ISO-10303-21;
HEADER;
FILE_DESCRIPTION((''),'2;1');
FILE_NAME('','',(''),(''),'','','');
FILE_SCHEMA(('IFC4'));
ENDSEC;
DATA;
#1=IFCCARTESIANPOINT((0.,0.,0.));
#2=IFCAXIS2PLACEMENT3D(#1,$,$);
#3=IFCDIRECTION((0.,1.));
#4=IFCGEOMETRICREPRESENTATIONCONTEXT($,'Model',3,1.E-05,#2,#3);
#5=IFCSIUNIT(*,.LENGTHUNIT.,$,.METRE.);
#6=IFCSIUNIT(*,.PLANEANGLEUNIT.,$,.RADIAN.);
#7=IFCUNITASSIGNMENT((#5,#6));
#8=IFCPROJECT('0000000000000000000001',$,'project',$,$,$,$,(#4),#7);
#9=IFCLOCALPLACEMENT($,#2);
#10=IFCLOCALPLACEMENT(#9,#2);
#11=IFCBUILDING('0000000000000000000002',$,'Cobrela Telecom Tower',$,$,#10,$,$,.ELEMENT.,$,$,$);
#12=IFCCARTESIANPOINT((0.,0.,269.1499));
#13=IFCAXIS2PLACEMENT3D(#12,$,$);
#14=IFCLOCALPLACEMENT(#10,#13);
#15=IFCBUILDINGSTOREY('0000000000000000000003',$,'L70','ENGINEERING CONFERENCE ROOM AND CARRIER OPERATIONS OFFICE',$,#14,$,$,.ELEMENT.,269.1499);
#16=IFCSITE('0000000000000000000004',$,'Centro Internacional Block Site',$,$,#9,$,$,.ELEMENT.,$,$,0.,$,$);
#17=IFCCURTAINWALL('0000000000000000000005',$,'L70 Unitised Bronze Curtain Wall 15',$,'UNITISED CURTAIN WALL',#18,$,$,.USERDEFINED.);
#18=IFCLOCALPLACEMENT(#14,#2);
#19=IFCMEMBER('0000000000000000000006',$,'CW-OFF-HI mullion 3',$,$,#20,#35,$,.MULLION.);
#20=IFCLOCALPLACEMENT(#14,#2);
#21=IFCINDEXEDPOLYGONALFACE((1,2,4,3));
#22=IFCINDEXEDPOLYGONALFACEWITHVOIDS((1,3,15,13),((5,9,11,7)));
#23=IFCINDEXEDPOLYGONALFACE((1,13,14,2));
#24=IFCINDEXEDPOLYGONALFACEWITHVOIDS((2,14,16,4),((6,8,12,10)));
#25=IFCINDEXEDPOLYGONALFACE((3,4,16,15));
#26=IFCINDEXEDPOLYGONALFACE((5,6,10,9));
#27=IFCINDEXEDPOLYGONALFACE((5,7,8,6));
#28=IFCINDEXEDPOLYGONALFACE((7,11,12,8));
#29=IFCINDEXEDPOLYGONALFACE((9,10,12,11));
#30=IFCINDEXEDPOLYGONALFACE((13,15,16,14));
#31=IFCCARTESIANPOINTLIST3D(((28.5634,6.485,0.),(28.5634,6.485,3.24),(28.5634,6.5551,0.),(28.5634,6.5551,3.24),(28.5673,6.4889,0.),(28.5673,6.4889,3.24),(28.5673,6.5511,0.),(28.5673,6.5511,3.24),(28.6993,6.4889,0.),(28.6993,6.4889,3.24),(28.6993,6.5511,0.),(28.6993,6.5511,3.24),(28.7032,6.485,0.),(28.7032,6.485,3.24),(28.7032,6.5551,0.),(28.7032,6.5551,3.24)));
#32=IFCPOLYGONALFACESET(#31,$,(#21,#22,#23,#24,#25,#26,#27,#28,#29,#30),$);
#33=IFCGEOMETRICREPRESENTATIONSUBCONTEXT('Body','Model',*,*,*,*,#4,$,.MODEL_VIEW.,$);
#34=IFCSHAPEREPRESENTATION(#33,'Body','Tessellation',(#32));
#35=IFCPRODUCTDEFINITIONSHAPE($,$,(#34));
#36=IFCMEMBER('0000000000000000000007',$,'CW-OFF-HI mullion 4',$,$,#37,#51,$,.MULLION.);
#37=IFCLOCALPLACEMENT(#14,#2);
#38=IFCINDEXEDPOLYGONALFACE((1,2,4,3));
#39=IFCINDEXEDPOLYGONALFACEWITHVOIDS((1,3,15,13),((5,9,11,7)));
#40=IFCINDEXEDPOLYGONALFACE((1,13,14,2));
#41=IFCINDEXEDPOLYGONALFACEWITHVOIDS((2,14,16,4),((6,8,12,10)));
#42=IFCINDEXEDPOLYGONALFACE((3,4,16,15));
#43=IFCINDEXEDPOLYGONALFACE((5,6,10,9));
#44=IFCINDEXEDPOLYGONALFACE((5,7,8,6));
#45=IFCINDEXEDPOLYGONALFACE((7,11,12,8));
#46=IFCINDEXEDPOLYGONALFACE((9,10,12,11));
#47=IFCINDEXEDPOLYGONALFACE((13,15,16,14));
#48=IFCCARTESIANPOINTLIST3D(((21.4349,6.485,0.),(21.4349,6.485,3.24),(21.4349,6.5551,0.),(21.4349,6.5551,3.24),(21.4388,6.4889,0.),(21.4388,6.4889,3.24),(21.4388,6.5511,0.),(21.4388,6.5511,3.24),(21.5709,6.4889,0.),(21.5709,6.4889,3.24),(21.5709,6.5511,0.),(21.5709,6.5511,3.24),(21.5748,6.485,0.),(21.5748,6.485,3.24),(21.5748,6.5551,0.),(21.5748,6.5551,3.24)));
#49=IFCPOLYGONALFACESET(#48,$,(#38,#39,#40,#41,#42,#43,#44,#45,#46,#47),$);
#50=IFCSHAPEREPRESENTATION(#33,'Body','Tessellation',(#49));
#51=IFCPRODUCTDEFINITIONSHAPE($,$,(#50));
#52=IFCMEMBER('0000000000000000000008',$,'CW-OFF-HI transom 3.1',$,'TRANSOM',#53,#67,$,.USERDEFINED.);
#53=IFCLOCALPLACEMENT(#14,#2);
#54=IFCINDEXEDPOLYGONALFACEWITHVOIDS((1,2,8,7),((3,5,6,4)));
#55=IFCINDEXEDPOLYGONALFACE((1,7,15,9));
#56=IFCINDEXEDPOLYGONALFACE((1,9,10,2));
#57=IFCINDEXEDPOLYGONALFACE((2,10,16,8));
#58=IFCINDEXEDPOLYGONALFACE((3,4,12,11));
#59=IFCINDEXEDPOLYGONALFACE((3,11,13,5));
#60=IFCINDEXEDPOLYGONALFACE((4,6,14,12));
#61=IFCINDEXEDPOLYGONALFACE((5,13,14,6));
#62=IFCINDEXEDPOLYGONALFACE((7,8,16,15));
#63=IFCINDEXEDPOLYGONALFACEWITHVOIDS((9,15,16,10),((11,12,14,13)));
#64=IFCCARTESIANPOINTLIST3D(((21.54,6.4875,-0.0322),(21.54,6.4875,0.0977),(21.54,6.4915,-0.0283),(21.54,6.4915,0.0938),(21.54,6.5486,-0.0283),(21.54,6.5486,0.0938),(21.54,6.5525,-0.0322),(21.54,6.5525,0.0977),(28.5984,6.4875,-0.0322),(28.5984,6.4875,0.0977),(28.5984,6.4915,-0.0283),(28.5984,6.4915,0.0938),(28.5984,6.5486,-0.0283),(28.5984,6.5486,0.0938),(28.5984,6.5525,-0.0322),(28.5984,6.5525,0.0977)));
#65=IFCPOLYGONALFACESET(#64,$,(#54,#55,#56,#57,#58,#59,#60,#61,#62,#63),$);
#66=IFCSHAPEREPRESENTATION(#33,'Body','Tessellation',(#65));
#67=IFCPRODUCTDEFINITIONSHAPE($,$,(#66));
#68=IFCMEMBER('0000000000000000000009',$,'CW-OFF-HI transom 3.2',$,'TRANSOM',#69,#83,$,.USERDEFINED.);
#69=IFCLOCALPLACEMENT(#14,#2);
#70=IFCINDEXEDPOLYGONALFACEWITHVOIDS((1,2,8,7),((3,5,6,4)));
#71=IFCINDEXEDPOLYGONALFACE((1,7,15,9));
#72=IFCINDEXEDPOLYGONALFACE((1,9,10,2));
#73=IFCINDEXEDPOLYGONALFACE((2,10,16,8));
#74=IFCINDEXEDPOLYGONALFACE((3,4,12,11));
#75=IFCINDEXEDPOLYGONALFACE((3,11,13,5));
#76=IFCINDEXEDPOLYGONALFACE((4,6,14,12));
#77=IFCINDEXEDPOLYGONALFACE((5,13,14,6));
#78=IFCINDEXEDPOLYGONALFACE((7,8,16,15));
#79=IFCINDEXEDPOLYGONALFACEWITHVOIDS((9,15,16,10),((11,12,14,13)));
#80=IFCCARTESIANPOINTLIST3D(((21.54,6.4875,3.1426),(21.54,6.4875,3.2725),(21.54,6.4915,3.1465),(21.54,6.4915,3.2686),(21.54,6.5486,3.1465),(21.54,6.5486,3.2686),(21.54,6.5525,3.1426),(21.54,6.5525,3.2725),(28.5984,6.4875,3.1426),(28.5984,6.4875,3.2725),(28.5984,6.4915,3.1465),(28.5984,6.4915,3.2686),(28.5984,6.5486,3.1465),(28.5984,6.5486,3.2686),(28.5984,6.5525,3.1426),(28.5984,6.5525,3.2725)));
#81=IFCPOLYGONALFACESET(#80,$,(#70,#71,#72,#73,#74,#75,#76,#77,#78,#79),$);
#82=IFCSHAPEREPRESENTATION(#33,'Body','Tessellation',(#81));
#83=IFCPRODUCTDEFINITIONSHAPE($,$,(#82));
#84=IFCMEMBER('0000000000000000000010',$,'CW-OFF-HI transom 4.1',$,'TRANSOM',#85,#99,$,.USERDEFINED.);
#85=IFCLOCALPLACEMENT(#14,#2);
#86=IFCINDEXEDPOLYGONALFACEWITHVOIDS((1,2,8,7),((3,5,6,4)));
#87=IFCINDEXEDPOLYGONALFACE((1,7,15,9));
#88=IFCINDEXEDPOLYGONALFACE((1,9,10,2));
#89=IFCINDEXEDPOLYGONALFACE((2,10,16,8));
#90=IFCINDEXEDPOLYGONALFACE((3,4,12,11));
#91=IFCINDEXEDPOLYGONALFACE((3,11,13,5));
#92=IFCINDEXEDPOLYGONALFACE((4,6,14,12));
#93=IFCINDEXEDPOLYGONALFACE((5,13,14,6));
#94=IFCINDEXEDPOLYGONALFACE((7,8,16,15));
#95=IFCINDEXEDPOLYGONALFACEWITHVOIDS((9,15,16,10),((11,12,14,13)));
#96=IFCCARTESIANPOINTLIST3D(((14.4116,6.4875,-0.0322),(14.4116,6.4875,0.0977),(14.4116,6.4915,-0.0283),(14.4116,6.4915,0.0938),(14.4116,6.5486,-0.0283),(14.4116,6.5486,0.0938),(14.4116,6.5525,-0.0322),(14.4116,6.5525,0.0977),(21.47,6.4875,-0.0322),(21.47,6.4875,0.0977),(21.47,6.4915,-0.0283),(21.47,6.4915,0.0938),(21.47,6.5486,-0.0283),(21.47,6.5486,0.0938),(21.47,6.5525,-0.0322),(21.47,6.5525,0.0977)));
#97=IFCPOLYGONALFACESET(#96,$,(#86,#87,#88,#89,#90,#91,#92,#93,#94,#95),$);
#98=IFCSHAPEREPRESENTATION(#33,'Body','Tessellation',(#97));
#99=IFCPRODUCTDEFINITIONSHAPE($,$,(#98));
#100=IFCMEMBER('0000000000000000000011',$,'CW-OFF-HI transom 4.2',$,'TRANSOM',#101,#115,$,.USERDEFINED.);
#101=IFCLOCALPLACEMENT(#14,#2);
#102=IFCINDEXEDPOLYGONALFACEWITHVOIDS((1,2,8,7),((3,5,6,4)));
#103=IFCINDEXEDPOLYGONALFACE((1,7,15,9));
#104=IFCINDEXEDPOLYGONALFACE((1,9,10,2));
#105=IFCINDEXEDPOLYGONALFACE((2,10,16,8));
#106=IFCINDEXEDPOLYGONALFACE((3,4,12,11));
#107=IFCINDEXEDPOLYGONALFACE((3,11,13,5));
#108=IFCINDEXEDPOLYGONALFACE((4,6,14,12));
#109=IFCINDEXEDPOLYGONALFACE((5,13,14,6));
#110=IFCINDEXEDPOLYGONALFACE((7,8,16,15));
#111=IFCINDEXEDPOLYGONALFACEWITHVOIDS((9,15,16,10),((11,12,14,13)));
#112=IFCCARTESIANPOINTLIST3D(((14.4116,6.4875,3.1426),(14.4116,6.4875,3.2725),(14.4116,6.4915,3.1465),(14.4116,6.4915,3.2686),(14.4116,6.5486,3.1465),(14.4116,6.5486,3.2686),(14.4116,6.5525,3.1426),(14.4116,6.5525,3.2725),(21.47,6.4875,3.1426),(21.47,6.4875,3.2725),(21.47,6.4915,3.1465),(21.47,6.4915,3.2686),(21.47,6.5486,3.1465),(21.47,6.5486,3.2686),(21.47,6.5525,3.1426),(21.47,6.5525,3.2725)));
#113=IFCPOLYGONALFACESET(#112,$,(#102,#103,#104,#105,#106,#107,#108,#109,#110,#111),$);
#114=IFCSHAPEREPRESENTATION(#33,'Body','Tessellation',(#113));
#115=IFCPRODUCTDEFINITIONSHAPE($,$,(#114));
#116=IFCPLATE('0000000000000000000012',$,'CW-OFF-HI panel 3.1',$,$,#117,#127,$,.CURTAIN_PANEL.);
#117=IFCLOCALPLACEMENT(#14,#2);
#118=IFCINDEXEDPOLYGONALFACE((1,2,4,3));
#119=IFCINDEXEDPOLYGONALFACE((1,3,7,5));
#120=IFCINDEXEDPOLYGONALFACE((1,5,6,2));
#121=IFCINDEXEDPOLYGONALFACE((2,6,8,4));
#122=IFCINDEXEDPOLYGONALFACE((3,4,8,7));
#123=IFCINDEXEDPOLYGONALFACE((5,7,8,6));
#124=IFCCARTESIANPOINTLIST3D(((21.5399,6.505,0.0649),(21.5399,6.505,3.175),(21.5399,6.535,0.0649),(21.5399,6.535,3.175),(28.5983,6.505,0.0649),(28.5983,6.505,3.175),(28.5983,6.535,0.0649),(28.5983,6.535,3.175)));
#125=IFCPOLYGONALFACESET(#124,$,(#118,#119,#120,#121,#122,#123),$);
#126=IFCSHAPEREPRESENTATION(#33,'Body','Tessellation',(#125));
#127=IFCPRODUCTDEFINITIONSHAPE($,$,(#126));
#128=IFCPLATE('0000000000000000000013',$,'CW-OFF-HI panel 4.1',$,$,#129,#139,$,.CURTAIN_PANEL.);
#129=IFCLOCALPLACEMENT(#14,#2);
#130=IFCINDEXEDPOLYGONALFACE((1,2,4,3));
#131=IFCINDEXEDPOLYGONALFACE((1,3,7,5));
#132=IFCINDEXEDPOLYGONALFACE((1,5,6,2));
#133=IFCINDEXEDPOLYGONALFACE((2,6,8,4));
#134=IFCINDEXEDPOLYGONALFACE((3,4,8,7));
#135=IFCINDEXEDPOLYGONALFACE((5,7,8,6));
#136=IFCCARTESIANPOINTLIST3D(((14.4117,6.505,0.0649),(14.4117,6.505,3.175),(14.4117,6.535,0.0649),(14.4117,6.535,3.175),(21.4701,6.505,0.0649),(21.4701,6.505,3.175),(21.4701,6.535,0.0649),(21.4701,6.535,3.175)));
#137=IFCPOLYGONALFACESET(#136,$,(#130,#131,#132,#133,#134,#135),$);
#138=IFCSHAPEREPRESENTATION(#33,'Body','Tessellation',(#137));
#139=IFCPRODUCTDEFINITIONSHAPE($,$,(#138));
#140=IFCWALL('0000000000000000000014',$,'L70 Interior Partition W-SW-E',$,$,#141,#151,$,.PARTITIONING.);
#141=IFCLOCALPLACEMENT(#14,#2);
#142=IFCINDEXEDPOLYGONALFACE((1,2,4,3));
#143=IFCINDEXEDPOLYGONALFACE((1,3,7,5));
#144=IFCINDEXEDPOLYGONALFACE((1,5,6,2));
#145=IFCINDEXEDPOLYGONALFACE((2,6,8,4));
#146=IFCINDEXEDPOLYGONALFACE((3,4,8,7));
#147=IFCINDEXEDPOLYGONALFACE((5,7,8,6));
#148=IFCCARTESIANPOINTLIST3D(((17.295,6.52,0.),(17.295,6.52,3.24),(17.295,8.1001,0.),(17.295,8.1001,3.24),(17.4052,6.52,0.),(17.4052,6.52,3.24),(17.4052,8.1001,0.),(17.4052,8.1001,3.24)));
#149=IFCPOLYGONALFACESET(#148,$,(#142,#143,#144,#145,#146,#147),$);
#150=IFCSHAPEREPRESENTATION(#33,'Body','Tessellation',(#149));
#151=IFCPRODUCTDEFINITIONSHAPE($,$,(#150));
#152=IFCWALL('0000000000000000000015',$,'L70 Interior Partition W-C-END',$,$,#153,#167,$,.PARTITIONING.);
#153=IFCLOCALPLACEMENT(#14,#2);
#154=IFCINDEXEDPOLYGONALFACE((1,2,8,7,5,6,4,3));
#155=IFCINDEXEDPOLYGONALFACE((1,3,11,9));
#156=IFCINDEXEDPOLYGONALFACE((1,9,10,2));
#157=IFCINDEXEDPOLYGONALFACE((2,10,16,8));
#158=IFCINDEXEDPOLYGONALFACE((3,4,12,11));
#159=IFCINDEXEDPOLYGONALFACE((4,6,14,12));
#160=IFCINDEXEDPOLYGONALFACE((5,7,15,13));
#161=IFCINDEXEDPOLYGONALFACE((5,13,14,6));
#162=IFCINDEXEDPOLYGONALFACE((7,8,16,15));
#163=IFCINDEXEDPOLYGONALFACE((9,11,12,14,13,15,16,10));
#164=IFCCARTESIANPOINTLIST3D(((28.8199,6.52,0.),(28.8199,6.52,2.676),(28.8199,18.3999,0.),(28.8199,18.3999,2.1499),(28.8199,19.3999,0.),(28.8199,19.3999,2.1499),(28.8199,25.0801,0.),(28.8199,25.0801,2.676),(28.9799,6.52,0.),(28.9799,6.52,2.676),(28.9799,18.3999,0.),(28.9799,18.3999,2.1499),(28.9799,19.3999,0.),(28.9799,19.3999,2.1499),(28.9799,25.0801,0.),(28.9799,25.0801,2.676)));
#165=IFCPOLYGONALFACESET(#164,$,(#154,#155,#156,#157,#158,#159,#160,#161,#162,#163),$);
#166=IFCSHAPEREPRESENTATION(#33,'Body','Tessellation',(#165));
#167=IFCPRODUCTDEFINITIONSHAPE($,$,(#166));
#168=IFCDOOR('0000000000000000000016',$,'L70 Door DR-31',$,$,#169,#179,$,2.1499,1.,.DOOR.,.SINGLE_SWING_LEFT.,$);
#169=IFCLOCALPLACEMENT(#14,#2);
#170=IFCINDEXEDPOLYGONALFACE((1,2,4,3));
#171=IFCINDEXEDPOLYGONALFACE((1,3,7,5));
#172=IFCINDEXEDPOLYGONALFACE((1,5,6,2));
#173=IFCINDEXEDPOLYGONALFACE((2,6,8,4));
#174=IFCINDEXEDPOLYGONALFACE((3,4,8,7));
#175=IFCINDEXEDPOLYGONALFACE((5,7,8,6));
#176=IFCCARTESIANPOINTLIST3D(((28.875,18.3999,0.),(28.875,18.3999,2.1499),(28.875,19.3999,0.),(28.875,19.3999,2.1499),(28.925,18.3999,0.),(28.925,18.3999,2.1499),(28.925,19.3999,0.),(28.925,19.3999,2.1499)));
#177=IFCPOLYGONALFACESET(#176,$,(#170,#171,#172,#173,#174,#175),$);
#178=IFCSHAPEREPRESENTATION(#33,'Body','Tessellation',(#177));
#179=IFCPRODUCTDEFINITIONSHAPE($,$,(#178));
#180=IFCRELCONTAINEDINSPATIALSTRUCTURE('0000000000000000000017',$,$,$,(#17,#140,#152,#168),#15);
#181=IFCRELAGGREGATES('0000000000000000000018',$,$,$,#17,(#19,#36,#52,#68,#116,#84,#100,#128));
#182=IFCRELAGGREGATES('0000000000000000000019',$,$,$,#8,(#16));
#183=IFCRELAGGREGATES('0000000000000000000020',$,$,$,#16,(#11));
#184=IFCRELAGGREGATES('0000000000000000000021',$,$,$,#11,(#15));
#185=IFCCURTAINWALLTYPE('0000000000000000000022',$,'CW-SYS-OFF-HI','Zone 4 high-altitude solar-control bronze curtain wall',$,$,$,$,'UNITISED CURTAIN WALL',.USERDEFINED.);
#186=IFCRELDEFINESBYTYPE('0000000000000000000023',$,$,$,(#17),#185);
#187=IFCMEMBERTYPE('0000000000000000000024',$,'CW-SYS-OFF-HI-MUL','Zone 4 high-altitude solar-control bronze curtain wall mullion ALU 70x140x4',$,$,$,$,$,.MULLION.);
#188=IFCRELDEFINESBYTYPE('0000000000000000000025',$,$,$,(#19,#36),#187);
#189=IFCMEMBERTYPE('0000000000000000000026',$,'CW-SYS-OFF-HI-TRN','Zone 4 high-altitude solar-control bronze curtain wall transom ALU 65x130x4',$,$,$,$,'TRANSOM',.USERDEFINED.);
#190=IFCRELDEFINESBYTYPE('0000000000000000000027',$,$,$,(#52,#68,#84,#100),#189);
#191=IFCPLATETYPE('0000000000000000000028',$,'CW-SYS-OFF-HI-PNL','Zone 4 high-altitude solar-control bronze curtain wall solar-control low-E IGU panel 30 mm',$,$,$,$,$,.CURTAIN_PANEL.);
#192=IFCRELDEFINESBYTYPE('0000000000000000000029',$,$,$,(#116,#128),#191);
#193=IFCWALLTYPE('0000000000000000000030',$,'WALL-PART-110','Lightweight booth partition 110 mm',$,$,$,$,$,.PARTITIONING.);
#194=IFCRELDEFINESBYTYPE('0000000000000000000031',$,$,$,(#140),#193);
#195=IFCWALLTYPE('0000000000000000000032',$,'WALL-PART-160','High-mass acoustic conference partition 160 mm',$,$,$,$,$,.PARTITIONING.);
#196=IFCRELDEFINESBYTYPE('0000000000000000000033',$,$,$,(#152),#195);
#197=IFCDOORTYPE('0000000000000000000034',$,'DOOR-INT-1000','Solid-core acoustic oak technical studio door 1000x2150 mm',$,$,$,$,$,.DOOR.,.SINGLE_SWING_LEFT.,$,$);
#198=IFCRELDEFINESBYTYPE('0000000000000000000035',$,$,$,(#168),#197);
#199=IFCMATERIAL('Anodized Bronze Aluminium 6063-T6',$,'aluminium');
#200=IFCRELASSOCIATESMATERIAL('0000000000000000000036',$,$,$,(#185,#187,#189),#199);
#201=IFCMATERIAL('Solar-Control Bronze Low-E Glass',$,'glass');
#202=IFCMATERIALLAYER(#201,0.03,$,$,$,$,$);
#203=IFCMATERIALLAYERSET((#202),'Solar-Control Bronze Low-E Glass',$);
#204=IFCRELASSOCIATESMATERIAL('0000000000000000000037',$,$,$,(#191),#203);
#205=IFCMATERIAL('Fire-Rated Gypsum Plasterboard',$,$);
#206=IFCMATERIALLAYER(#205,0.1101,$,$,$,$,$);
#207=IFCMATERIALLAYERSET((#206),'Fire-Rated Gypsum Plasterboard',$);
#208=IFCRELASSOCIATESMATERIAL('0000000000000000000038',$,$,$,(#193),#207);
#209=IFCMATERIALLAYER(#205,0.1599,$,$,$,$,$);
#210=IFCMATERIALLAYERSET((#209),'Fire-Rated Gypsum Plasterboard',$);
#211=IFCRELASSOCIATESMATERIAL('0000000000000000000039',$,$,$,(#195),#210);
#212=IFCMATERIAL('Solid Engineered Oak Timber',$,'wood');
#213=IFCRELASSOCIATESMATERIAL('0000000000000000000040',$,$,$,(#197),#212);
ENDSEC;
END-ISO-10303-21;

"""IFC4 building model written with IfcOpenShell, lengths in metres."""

from ifc_helpers import new_model, si_unit, direction, frame, frame_2d, origin, origin_2d, place, context, subcontext, project, spatial, rectangle, hollow_rectangle, extrude, material, layer, layer_set, material_profile, profile_set, type_object, element, fill, aggregate, save


model = new_model("IFC4")

# Units and contexts
model_context = context("Model", 3, precision=1e-05, world=origin(), true_north=direction((0.0, 1.0)))
body_context = subcontext(model_context, "Body", "Model", "MODEL_VIEW")
ifc_project = project(units=[si_unit("LENGTHUNIT", "METRE"), si_unit("PLANEANGLEUNIT", "RADIAN")], contexts=[model_context])

# Site, building, storey
site_placement = place(None, origin())
site = spatial("IfcSite", under=ifc_project, at=site_placement, Name="Centro Internacional Block Site", CompositionType="ELEMENT", RefElevation=0.0)
building_placement = place(site_placement, origin())
building = spatial("IfcBuilding", under=site, at=building_placement, Name="Cobrela Telecom Tower", CompositionType="ELEMENT")
storey_placement = place(building_placement, frame((0.0, 0.0, 269.1499)))
storey = spatial("IfcBuildingStorey", under=building, at=storey_placement, Name="L70", Description="ENGINEERING CONFERENCE ROOM AND CARRIER OPERATIONS OFFICE", CompositionType="ELEMENT", Elevation=269.1499)

# Curtain wall, members, plates
ifc_material_1 = material(Name="Anodized Bronze Aluminium 6063-T6", Category="aluminium")
curtain_wall_type = type_object("IfcCurtainWallType", Name="CW-SYS-OFF-HI", Description="Zone 4 high-altitude solar-control bronze curtain wall", ElementType="UNITISED CURTAIN WALL", PredefinedType="USERDEFINED", material=ifc_material_1)
curtain_wall_placement = place(storey_placement, origin())
curtain_wall = element("IfcCurtainWall", 1, at=curtain_wall_placement, inside=storey, type_object=curtain_wall_type, Name="L70 Unitised Bronze Curtain Wall 15", ObjectType="UNITISED CURTAIN WALL", PredefinedType="USERDEFINED")
ifc_material_profile_1 = material_profile(ifc_material_1, hollow_rectangle(XDim=0.0701, YDim=0.1399, WallThickness=0.0039, at=origin_2d()), Name="ALU 70x140x4")
ifc_profile_set_1 = profile_set([ifc_material_profile_1], Name="Anodized Bronze Aluminium 6063-T6")
member_type_1 = type_object("IfcMemberType", Name="CW-SYS-OFF-HI-MUL", Description="Zone 4 high-altitude solar-control bronze curtain wall mullion ALU 70x140x4", PredefinedType="MULLION", material=ifc_profile_set_1)
member_1_placement = place(storey_placement, frame((28.6333, 6.52, 0.0), z_axis=(0.0, 0.0, 1.0), x_axis=(0.0, -1.0, 0.0)))
member_1 = element("IfcMember", 2, at=member_1_placement, type_object=member_type_1, Name="CW-OFF-HI mullion 3", PredefinedType="MULLION", context=body_context, shape_type="SweptSolid", body=[
    extrude(hollow_rectangle(XDim=0.0701, YDim=0.1399, WallThickness=0.0039, at=origin_2d()), origin(), (0.0, 0.0, 1.0), 3.24),
])
member_2_placement = place(storey_placement, frame((21.5049, 6.52, 0.0), z_axis=(0.0, 0.0, 1.0), x_axis=(0.0, -1.0, 0.0)))
member_2 = element("IfcMember", 3, at=member_2_placement, type_object=member_type_1, Name="CW-OFF-HI mullion 4", PredefinedType="MULLION", context=body_context, shape_type="SweptSolid", body=[
    extrude(hollow_rectangle(XDim=0.0701, YDim=0.1399, WallThickness=0.0039, at=origin_2d()), origin(), (0.0, 0.0, 1.0), 3.24),
])
ifc_material_profile_2 = material_profile(ifc_material_1, hollow_rectangle(XDim=0.0649, YDim=0.1299, WallThickness=0.0039, at=origin_2d()), Name="ALU 65x130x4")
ifc_profile_set_2 = profile_set([ifc_material_profile_2], Name="Anodized Bronze Aluminium 6063-T6")
member_type_2 = type_object("IfcMemberType", Name="CW-SYS-OFF-HI-TRN", Description="Zone 4 high-altitude solar-control bronze curtain wall transom ALU 65x130x4", ElementType="TRANSOM", PredefinedType="USERDEFINED", material=ifc_profile_set_2)
member_3_placement = place(storey_placement, frame((28.5984, 6.52, 0.0327), z_axis=(-1.0, 0.0, 0.0), x_axis=(0.0, -1.0, 0.0)))
member_3 = element("IfcMember", 4, at=member_3_placement, type_object=member_type_2, Name="CW-OFF-HI transom 3.1", ObjectType="TRANSOM", PredefinedType="USERDEFINED", context=body_context, shape_type="SweptSolid", body=[
    extrude(hollow_rectangle(XDim=0.0649, YDim=0.1299, WallThickness=0.0039, at=origin_2d()), origin(), (0.0, 0.0, 1.0), 7.0583),
])
member_4_placement = place(storey_placement, frame((28.5984, 6.52, 3.2075), z_axis=(-1.0, 0.0, 0.0), x_axis=(0.0, -1.0, 0.0)))
member_4 = element("IfcMember", 5, at=member_4_placement, type_object=member_type_2, Name="CW-OFF-HI transom 3.2", ObjectType="TRANSOM", PredefinedType="USERDEFINED", context=body_context, shape_type="SweptSolid", body=[
    extrude(hollow_rectangle(XDim=0.0649, YDim=0.1299, WallThickness=0.0039, at=origin_2d()), origin(), (0.0, 0.0, 1.0), 7.0583),
])
member_5_placement = place(storey_placement, frame((21.47, 6.52, 0.0327), z_axis=(-1.0, 0.0, 0.0), x_axis=(0.0, -1.0, 0.0)))
member_5 = element("IfcMember", 6, at=member_5_placement, type_object=member_type_2, Name="CW-OFF-HI transom 4.1", ObjectType="TRANSOM", PredefinedType="USERDEFINED", context=body_context, shape_type="SweptSolid", body=[
    extrude(hollow_rectangle(XDim=0.0649, YDim=0.1299, WallThickness=0.0039, at=origin_2d()), origin(), (0.0, 0.0, 1.0), 7.0583),
])
member_6_placement = place(storey_placement, frame((21.47, 6.52, 3.2075), z_axis=(-1.0, 0.0, 0.0), x_axis=(0.0, -1.0, 0.0)))
member_6 = element("IfcMember", 7, at=member_6_placement, type_object=member_type_2, Name="CW-OFF-HI transom 4.2", ObjectType="TRANSOM", PredefinedType="USERDEFINED", context=body_context, shape_type="SweptSolid", body=[
    extrude(hollow_rectangle(XDim=0.0649, YDim=0.1299, WallThickness=0.0039, at=origin_2d()), origin(), (0.0, 0.0, 1.0), 7.0583),
])
ifc_material_2 = material(Name="Solar-Control Bronze Low-E Glass", Category="glass")
ifc_layer_1 = layer(ifc_material_2, 0.03)
ifc_layer_set_1 = layer_set([ifc_layer_1], Name="Solar-Control Bronze Low-E Glass")
plate_type = type_object("IfcPlateType", Name="CW-SYS-OFF-HI-PNL", Description="Zone 4 high-altitude solar-control bronze curtain wall solar-control low-E IGU panel 30 mm", PredefinedType="CURTAIN_PANEL", material=ifc_layer_set_1)
plate_1_placement = place(storey_placement, frame((25.0691, 6.52, 0.0649), z_axis=(0.0, 0.0, 1.0), x_axis=(-1.0, 0.0, 0.0)))
plate_1 = element("IfcPlate", 8, at=plate_1_placement, type_object=plate_type, Name="CW-OFF-HI panel 3.1", PredefinedType="CURTAIN_PANEL", context=body_context, shape_type="SweptSolid", body=[
    extrude(rectangle(XDim=7.0583, YDim=0.03, at=origin_2d()), origin(), (0.0, 0.0, 1.0), 3.1101),
])
plate_2_placement = place(storey_placement, frame((17.9409, 6.52, 0.0649), z_axis=(0.0, 0.0, 1.0), x_axis=(-1.0, 0.0, 0.0)))
plate_2 = element("IfcPlate", 9, at=plate_2_placement, type_object=plate_type, Name="CW-OFF-HI panel 4.1", PredefinedType="CURTAIN_PANEL", context=body_context, shape_type="SweptSolid", body=[
    extrude(rectangle(XDim=7.0583, YDim=0.03, at=origin_2d()), origin(), (0.0, 0.0, 1.0), 3.1101),
])
aggregate(curtain_wall, [member_1, member_2, member_3, member_4, plate_1, member_5, member_6, plate_2])

# Wall
ifc_material_3 = material(Name="Fire-Rated Gypsum Plasterboard")
ifc_layer_2 = layer(ifc_material_3, 0.1101)
ifc_layer_set_2 = layer_set([ifc_layer_2], Name="Fire-Rated Gypsum Plasterboard")
wall_type_1 = type_object("IfcWallType", Name="WALL-PART-110", Description="Lightweight booth partition 110 mm", PredefinedType="PARTITIONING", material=ifc_layer_set_2)
wall_1_placement = place(storey_placement, frame((17.3501, 6.52, 0.0), z_axis=(0.0, 0.0, 1.0), x_axis=(0.0, 1.0, 0.0)))
element("IfcWall", 10, at=wall_1_placement, inside=storey, type_object=wall_type_1, Name="L70 Interior Partition W-SW-E", PredefinedType="PARTITIONING", context=body_context, shape_type="SweptSolid", body=[
    extrude(rectangle(XDim=1.5801, YDim=0.1101, at=frame_2d((0.79, 0.0))), origin(), (0.0, 0.0, 1.0), 3.24),
])

# Wall, opening, door
ifc_layer_3 = layer(ifc_material_3, 0.1599)
ifc_layer_set_3 = layer_set([ifc_layer_3], Name="Fire-Rated Gypsum Plasterboard")
wall_type_2 = type_object("IfcWallType", Name="WALL-PART-160", Description="High-mass acoustic conference partition 160 mm", PredefinedType="PARTITIONING", material=ifc_layer_set_3)
wall_2_placement = place(storey_placement, frame((28.8999, 6.52, 0.0), z_axis=(0.0, 0.0, 1.0), x_axis=(0.0, 1.0, 0.0)))
wall_2 = element("IfcWall", 11, at=wall_2_placement, inside=storey, type_object=wall_type_2, Name="L70 Interior Partition W-C-END", PredefinedType="PARTITIONING", context=body_context, shape_type="SweptSolid", body=[
    extrude(rectangle(XDim=18.5601, YDim=0.1599, at=frame_2d((9.28, 0.0))), origin(), (0.0, 0.0, 1.0), 2.676),
])
opening_placement = place(wall_2_placement, frame((11.8799, 0.0, 0.0)))
opening = element("IfcOpeningElement", 12, at=opening_placement, cuts=wall_2, PredefinedType="OPENING", context=body_context, shape_type="SweptSolid", body=[
    extrude(rectangle(XDim=1.0, YDim=2.1499, at=frame_2d((0.5, 1.075))), frame((0.0, 0.0918, 0.0), z_axis=(0.0, -1.0, 0.0), x_axis=(1.0, 0.0, 0.0)), (0.0, 0.0, 1.0), 0.1838),
])
ifc_material_4 = material(Name="Solid Engineered Oak Timber", Category="wood")
door_type = type_object("IfcDoorType", Name="DOOR-INT-1000", Description="Solid-core acoustic oak technical studio door 1000x2150 mm", OperationType="SINGLE_SWING_LEFT", PredefinedType="DOOR", material=ifc_material_4)
door_placement = place(opening_placement, origin())
door = element("IfcDoor", 13, at=door_placement, inside=storey, type_object=door_type, Name="L70 Door DR-31", OperationType="SINGLE_SWING_LEFT", OverallHeight=2.1499, OverallWidth=1.0, PredefinedType="DOOR", context=body_context, shape_type="SweptSolid", body=[
    extrude(rectangle(XDim=1.0, YDim=2.1499, at=frame_2d((0.5, 1.075))), frame((0.0, 0.0249, 0.0), z_axis=(0.0, -1.0, 0.0), x_axis=(1.0, 0.0, 0.0)), (0.0, 0.0, 1.0), 0.05),
])
fill(opening, door)

save(model, "model.ifc")
